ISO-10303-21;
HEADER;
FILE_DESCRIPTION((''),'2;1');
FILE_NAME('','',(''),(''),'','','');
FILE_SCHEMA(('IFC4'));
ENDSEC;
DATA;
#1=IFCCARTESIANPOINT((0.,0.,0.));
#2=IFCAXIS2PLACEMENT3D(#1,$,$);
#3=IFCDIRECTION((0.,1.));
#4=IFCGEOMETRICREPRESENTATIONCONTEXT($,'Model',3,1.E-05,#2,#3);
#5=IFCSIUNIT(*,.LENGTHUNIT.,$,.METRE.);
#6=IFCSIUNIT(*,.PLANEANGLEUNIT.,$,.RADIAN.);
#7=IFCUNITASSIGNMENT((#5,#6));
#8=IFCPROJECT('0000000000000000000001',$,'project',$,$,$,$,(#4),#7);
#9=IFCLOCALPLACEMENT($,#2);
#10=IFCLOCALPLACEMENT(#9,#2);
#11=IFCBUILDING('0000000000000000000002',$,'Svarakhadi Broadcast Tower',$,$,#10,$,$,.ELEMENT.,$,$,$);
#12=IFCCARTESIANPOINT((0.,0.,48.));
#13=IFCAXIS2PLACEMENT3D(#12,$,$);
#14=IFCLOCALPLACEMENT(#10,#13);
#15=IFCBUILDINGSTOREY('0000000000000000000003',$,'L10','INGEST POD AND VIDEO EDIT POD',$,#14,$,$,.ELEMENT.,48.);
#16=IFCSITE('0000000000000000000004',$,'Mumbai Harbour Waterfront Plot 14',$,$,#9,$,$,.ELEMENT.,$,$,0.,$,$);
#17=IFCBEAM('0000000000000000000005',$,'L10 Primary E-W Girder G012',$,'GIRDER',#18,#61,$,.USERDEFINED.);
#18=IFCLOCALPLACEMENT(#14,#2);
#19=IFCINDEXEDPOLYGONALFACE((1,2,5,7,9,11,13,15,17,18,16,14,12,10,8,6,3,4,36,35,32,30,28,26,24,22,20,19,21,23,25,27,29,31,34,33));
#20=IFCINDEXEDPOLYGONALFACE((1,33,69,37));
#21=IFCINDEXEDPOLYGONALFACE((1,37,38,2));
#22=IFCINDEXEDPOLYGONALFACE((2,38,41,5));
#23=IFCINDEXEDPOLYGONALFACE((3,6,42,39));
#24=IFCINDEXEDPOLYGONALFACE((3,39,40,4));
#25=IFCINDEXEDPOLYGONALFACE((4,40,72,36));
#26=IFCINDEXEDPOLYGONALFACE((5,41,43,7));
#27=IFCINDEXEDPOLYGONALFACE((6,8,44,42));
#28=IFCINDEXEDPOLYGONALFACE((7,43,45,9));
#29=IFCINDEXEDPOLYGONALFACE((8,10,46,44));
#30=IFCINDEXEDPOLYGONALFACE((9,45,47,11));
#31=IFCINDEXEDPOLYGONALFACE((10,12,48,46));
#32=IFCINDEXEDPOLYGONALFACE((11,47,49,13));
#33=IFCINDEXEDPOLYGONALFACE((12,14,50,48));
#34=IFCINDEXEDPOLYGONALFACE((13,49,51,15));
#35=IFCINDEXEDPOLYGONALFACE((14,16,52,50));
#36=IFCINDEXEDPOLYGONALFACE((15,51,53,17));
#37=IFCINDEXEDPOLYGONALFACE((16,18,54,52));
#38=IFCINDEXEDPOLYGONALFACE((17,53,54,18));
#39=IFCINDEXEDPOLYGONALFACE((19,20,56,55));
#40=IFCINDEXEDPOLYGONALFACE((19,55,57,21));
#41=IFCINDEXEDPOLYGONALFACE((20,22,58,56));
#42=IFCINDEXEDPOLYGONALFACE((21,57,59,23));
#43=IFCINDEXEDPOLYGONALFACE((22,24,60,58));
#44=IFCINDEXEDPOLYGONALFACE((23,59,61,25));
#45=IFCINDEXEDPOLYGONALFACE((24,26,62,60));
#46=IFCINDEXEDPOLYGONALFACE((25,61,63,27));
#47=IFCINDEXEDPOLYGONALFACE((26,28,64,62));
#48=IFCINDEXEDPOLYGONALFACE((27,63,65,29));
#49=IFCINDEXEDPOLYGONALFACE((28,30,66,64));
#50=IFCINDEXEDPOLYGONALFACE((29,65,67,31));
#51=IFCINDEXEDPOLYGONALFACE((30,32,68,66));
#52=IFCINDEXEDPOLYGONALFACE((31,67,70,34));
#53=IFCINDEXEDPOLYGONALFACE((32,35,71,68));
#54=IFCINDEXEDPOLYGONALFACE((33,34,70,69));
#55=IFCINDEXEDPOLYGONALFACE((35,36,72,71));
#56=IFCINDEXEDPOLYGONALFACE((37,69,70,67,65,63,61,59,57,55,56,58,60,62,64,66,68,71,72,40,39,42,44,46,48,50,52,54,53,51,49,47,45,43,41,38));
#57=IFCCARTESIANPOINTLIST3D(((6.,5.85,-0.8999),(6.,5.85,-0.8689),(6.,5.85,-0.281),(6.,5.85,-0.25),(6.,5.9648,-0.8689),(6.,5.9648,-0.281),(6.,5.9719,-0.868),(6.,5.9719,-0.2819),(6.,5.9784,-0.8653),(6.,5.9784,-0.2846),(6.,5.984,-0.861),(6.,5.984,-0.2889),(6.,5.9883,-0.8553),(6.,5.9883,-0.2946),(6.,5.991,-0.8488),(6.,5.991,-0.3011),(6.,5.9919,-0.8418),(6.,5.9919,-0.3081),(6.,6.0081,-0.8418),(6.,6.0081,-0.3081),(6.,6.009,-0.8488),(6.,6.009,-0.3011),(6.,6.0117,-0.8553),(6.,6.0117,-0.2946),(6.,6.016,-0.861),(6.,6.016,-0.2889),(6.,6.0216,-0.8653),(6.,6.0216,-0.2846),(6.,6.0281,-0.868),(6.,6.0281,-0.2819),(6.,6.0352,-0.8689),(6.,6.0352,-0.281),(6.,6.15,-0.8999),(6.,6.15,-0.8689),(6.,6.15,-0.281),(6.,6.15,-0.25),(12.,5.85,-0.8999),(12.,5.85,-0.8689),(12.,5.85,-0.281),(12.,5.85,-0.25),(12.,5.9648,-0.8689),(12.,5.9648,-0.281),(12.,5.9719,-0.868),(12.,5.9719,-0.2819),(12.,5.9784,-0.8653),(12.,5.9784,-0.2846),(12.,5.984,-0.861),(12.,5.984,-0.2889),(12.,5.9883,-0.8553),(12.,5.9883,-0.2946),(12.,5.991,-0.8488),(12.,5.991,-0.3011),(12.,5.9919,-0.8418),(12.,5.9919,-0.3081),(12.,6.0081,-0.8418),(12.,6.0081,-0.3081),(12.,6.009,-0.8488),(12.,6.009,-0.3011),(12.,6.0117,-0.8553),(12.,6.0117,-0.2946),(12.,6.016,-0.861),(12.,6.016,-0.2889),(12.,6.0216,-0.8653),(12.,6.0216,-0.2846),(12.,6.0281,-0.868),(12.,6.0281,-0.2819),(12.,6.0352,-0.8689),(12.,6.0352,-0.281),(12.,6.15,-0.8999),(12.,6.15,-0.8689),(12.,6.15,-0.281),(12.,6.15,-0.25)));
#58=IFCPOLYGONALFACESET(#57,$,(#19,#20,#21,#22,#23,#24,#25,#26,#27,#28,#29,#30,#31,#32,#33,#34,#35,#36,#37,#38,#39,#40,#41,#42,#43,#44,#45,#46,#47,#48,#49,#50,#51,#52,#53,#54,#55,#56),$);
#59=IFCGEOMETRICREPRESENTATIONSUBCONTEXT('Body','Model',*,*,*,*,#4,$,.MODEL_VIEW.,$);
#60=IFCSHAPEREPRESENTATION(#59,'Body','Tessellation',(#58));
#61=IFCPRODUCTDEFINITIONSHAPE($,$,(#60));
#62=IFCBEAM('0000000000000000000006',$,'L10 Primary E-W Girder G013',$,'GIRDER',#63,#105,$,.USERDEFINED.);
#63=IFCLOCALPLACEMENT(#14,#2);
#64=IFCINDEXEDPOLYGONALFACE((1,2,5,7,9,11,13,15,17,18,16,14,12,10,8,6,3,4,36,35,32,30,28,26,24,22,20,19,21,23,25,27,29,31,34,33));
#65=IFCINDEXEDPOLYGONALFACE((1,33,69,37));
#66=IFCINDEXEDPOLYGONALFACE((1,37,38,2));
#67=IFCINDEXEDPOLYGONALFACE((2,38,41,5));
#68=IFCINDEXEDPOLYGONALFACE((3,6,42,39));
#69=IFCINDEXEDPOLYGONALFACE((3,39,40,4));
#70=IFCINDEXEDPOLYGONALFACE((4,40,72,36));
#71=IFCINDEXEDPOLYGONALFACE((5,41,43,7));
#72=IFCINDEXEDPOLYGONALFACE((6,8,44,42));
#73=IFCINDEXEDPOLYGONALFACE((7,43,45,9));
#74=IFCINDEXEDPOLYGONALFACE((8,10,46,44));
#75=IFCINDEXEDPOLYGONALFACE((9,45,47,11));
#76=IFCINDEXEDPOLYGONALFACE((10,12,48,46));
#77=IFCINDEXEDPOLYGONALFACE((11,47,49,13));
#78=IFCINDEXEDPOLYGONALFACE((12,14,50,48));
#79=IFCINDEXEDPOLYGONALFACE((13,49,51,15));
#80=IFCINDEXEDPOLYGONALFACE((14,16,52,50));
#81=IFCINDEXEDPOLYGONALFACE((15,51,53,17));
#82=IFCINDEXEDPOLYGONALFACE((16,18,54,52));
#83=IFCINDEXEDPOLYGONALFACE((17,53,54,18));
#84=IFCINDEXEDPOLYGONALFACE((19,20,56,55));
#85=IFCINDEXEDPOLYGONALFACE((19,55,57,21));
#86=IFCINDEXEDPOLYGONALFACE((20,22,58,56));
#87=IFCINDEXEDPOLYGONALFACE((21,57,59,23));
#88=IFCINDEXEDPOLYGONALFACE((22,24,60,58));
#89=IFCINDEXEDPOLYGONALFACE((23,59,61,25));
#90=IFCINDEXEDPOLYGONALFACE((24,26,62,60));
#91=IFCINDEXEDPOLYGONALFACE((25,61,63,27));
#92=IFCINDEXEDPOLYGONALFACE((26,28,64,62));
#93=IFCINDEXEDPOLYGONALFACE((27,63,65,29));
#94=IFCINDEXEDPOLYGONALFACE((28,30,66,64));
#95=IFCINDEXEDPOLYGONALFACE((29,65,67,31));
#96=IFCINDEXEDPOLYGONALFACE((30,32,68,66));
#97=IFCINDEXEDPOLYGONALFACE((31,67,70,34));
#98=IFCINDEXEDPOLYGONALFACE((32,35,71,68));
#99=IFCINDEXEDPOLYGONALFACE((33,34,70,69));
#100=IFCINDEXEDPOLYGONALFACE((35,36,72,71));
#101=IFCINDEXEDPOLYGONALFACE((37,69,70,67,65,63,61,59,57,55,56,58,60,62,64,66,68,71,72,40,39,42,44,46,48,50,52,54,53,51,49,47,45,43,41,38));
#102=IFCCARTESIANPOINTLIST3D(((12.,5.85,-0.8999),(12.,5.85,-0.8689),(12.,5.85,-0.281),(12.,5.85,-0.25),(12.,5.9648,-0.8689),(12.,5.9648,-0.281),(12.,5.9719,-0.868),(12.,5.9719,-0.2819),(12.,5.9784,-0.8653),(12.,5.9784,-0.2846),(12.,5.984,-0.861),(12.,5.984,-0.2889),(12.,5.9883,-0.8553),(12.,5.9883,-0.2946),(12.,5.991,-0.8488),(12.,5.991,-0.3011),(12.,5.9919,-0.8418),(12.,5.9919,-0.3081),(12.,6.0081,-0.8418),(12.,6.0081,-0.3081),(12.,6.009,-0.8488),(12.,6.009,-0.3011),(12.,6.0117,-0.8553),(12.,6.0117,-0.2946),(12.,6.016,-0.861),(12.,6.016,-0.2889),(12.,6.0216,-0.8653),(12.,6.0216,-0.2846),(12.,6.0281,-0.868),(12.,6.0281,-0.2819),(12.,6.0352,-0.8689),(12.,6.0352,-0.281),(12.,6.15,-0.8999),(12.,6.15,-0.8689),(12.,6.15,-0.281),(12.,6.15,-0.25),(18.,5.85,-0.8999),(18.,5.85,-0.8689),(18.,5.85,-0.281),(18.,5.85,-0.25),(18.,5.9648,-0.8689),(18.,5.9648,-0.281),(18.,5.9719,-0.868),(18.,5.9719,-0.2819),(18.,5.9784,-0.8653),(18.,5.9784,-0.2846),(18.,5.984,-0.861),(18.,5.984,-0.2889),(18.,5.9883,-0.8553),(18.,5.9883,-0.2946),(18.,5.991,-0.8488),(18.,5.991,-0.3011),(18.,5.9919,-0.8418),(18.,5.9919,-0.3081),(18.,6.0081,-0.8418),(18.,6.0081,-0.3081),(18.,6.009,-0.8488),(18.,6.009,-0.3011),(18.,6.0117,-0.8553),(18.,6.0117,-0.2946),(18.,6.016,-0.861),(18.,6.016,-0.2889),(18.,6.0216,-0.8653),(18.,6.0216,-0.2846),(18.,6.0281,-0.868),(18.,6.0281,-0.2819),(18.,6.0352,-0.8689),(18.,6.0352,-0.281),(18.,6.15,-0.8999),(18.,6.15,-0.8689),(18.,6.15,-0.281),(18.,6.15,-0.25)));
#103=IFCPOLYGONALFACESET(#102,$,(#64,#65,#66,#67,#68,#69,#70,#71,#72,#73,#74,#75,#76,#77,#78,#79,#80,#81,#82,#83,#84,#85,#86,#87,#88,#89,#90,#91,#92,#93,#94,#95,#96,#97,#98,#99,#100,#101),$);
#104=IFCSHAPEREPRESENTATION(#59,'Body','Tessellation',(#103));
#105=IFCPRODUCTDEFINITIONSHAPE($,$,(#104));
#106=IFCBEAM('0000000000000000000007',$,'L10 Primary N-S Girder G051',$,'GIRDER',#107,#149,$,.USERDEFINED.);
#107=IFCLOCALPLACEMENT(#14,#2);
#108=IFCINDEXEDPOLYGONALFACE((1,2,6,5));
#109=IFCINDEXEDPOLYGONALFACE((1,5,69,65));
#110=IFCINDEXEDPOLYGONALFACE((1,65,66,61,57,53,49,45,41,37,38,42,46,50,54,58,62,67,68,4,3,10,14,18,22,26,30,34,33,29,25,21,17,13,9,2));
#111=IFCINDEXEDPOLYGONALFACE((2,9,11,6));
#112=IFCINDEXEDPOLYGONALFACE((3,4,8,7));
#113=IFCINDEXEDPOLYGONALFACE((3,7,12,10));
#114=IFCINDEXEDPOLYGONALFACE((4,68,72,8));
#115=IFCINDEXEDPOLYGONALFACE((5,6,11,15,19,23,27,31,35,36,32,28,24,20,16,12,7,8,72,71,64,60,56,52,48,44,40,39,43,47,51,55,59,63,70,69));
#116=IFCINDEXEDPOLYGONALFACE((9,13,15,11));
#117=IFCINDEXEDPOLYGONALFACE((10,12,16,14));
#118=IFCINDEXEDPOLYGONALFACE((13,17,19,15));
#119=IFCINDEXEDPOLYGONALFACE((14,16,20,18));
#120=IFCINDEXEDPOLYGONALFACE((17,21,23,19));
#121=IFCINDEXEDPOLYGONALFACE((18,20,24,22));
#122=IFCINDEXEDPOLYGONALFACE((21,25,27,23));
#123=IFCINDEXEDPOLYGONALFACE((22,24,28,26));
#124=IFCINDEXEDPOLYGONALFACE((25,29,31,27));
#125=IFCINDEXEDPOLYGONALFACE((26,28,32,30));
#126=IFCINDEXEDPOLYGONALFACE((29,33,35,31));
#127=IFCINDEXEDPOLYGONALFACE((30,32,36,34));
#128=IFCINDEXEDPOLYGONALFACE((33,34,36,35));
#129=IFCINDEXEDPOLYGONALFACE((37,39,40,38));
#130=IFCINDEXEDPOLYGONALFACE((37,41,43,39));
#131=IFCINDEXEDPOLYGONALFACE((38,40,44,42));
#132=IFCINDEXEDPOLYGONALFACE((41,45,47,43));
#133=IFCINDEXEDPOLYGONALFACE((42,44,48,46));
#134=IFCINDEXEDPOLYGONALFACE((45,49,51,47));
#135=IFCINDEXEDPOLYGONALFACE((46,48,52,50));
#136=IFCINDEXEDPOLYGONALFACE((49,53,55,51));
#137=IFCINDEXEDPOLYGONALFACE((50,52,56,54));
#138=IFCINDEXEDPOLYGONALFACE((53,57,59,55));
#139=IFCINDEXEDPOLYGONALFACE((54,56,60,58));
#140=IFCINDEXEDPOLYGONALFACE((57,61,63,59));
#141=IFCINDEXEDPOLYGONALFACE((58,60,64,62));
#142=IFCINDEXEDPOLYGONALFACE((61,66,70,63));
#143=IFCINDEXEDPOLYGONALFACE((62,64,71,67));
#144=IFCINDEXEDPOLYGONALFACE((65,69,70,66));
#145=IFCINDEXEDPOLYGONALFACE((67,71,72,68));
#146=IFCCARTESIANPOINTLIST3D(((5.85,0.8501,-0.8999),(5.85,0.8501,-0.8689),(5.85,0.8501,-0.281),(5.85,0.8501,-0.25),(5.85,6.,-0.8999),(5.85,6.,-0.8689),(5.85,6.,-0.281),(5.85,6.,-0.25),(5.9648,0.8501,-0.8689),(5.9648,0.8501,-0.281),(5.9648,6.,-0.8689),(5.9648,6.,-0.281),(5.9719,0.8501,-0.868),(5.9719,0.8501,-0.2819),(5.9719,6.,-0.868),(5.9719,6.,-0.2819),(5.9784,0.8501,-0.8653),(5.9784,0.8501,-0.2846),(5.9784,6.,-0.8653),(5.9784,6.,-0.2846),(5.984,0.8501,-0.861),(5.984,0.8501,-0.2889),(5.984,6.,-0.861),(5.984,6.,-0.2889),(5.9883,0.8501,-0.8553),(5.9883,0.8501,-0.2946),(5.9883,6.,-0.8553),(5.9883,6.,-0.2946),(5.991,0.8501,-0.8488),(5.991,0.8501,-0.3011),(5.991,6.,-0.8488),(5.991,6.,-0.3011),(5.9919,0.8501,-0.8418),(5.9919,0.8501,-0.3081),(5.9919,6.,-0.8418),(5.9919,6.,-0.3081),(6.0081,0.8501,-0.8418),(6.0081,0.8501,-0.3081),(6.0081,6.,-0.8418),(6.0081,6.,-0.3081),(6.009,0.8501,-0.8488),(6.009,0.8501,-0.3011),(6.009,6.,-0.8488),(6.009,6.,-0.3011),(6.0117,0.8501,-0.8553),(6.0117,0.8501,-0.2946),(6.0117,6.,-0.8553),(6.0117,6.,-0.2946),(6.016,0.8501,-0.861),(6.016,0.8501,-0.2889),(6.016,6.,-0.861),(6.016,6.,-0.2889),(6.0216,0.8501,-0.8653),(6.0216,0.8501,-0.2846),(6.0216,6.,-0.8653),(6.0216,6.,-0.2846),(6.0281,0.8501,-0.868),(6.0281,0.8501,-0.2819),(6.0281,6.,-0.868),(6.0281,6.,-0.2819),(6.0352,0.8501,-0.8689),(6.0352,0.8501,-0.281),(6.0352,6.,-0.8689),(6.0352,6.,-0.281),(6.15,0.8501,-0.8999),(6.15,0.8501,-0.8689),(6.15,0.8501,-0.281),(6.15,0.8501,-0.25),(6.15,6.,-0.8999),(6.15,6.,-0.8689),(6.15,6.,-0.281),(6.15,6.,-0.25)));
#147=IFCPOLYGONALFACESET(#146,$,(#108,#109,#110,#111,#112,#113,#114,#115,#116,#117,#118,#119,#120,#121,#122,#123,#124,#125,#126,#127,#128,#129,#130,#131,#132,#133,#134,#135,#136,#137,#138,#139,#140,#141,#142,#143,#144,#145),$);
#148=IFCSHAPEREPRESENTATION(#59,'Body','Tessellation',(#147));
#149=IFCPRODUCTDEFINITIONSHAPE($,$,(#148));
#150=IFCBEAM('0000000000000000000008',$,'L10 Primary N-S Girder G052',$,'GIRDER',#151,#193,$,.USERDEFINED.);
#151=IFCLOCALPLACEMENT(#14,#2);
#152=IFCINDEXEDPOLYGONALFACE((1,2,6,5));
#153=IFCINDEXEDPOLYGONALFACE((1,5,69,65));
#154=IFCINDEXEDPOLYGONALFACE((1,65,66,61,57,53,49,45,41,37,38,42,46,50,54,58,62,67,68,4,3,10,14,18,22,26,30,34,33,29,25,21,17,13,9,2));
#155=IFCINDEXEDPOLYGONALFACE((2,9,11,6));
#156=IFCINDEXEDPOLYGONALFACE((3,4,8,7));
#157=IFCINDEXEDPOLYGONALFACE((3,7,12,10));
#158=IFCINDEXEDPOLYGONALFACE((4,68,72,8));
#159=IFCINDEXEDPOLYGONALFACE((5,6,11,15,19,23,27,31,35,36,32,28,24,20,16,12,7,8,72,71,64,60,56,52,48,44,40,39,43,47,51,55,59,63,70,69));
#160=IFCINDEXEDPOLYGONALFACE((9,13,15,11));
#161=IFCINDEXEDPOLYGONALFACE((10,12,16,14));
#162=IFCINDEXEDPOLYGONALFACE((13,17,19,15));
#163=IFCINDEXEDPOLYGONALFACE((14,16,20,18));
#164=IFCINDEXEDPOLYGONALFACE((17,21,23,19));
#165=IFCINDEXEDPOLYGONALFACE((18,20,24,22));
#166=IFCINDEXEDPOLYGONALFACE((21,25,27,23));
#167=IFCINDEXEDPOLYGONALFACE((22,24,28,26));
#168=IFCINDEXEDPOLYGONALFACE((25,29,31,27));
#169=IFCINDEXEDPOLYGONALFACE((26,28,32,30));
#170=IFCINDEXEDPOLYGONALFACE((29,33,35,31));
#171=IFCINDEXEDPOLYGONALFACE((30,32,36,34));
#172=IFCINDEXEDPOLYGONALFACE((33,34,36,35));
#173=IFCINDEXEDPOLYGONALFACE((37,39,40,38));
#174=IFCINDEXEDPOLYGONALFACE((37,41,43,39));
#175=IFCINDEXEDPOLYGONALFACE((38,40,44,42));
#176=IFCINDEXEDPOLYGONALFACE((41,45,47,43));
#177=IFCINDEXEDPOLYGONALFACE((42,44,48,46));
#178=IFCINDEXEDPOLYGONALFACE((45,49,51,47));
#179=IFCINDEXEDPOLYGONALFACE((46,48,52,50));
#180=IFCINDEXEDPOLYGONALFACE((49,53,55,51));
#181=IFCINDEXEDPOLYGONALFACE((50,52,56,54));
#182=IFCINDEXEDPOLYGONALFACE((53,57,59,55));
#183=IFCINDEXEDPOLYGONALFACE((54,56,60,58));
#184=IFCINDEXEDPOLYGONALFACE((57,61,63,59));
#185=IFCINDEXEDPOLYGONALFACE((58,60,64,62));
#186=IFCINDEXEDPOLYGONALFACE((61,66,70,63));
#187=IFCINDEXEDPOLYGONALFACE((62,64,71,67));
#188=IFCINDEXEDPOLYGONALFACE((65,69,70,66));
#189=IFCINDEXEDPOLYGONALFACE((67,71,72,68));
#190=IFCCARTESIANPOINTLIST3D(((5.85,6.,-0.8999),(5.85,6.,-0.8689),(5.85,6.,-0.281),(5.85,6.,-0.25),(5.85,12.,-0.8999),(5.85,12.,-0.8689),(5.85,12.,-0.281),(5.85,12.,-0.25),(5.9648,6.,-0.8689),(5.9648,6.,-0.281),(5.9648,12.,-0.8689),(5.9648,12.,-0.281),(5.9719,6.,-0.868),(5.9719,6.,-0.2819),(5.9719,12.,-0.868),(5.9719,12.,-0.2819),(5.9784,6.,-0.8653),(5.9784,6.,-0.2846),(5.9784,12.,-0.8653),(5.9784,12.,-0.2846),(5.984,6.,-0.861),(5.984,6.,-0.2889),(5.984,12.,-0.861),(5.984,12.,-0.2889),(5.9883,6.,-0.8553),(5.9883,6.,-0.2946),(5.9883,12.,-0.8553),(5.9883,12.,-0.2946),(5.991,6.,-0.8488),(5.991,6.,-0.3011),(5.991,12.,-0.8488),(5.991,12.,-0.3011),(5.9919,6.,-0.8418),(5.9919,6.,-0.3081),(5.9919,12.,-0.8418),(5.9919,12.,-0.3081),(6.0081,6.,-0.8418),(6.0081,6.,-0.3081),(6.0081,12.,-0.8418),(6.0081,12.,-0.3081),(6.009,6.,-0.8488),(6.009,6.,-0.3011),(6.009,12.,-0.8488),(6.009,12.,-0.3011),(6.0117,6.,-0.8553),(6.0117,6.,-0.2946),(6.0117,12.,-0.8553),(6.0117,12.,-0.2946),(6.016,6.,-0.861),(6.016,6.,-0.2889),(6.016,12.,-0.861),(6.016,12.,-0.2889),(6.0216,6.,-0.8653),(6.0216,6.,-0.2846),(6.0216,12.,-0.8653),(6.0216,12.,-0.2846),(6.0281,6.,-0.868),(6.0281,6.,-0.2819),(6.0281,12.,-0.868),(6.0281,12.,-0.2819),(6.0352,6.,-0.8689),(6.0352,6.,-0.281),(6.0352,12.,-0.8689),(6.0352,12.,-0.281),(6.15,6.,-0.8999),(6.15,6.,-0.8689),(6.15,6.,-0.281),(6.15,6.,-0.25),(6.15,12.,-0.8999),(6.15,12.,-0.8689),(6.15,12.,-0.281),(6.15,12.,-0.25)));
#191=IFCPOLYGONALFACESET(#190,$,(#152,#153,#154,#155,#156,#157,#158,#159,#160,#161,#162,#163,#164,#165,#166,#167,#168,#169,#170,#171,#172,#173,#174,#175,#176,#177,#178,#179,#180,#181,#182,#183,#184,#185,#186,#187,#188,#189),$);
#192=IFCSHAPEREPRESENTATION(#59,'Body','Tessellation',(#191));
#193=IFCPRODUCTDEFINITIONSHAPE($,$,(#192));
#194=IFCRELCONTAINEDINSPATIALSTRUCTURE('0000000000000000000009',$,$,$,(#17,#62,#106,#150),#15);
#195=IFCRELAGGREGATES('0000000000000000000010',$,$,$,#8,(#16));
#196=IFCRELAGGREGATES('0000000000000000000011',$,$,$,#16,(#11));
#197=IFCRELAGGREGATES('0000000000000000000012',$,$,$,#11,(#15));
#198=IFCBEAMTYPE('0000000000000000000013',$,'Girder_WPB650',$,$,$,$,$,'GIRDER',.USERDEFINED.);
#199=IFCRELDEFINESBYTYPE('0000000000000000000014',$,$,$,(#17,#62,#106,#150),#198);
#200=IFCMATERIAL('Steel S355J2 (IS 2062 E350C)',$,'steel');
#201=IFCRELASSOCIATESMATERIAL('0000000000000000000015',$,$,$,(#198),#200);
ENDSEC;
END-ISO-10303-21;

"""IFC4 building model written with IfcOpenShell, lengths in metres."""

from ifc_helpers import new_model, si_unit, direction, frame, origin, origin_2d, place, context, subcontext, project, spatial, i_section, extrude, material, material_profile, profile_set, type_object, element, save


model = new_model("IFC4")

# Units and contexts
model_context = context("Model", 3, precision=1e-05, world=origin(), true_north=direction((0.0, 1.0)))
body_context = subcontext(model_context, "Body", "Model", "MODEL_VIEW")
ifc_project = project(units=[si_unit("LENGTHUNIT", "METRE"), si_unit("PLANEANGLEUNIT", "RADIAN")], contexts=[model_context])

# Site, building, storey
site_placement = place(None, origin())
site = spatial("IfcSite", under=ifc_project, at=site_placement, Name="Mumbai Harbour Waterfront Plot 14", CompositionType="ELEMENT", RefElevation=0.0)
building_placement = place(site_placement, origin())
building = spatial("IfcBuilding", under=site, at=building_placement, Name="Svarakhadi Broadcast Tower", CompositionType="ELEMENT")
storey_placement = place(building_placement, frame((0.0, 0.0, 48.0)))
storey = spatial("IfcBuildingStorey", under=building, at=storey_placement, Name="L10", Description="INGEST POD AND VIDEO EDIT POD", CompositionType="ELEMENT", Elevation=48.0)

# Shared definitions
ifc_material_1 = material(Name="Steel S355J2 (IS 2062 E350C)", Category="steel")

# Beams
ifc_material_profile_1 = material_profile(ifc_material_1, i_section(OverallWidth=0.3, OverallDepth=0.6499, WebThickness=0.0161, FlangeThickness=0.031, FilletRadius=0.0271, at=origin_2d()), Name="WPB 650x300x225")
ifc_profile_set_1 = profile_set([ifc_material_profile_1], Name="Steel S355J2 (IS 2062 E350C)")
beam_type_1 = type_object("IfcBeamType", Name="Girder_WPB650", ElementType="GIRDER", PredefinedType="USERDEFINED", material=ifc_profile_set_1)
for number, where, z_axis, x_axis, name in (
    (1, (6.0, 6.0, -0.575), (1.0, 0.0, 0.0), (0.0, 1.0, 0.0), "L10 Primary E-W Girder G012"),
    (2, (12.0, 6.0, -0.575), (1.0, 0.0, 0.0), (0.0, 1.0, 0.0), "L10 Primary E-W Girder G013"),
):
    element("IfcBeam", number, at=place(storey_placement, frame(where, z_axis=z_axis, x_axis=x_axis)), inside=storey, type_object=beam_type_1, Name=name, ObjectType="GIRDER", PredefinedType="USERDEFINED", context=body_context, shape_type="SweptSolid", body=[
        extrude(i_section(OverallWidth=0.3, OverallDepth=0.6499, WebThickness=0.0161, FlangeThickness=0.031, FilletRadius=0.0271, at=origin_2d()), origin(), (0.0, 0.0, 1.0), 6.0),
    ])
beam_1_placement = place(storey_placement, frame((6.0, 0.8501, -0.575), z_axis=(0.0, 1.0, 0.0), x_axis=(-1.0, 0.0, 0.0)))
element("IfcBeam", 3, at=beam_1_placement, inside=storey, type_object=beam_type_1, Name="L10 Primary N-S Girder G051", ObjectType="GIRDER", PredefinedType="USERDEFINED", context=body_context, shape_type="SweptSolid", body=[
    extrude(i_section(OverallWidth=0.3, OverallDepth=0.6499, WebThickness=0.0161, FlangeThickness=0.031, FilletRadius=0.0271, at=origin_2d()), origin(), (0.0, 0.0, 1.0), 5.1499),
])
beam_2_placement = place(storey_placement, frame((6.0, 6.0, -0.575), z_axis=(0.0, 1.0, 0.0), x_axis=(-1.0, 0.0, 0.0)))
element("IfcBeam", 4, at=beam_2_placement, inside=storey, type_object=beam_type_1, Name="L10 Primary N-S Girder G052", ObjectType="GIRDER", PredefinedType="USERDEFINED", context=body_context, shape_type="SweptSolid", body=[
    extrude(i_section(OverallWidth=0.3, OverallDepth=0.6499, WebThickness=0.0161, FlangeThickness=0.031, FilletRadius=0.0271, at=origin_2d()), origin(), (0.0, 0.0, 1.0), 6.0),
])

save(model, "model.ifc")
